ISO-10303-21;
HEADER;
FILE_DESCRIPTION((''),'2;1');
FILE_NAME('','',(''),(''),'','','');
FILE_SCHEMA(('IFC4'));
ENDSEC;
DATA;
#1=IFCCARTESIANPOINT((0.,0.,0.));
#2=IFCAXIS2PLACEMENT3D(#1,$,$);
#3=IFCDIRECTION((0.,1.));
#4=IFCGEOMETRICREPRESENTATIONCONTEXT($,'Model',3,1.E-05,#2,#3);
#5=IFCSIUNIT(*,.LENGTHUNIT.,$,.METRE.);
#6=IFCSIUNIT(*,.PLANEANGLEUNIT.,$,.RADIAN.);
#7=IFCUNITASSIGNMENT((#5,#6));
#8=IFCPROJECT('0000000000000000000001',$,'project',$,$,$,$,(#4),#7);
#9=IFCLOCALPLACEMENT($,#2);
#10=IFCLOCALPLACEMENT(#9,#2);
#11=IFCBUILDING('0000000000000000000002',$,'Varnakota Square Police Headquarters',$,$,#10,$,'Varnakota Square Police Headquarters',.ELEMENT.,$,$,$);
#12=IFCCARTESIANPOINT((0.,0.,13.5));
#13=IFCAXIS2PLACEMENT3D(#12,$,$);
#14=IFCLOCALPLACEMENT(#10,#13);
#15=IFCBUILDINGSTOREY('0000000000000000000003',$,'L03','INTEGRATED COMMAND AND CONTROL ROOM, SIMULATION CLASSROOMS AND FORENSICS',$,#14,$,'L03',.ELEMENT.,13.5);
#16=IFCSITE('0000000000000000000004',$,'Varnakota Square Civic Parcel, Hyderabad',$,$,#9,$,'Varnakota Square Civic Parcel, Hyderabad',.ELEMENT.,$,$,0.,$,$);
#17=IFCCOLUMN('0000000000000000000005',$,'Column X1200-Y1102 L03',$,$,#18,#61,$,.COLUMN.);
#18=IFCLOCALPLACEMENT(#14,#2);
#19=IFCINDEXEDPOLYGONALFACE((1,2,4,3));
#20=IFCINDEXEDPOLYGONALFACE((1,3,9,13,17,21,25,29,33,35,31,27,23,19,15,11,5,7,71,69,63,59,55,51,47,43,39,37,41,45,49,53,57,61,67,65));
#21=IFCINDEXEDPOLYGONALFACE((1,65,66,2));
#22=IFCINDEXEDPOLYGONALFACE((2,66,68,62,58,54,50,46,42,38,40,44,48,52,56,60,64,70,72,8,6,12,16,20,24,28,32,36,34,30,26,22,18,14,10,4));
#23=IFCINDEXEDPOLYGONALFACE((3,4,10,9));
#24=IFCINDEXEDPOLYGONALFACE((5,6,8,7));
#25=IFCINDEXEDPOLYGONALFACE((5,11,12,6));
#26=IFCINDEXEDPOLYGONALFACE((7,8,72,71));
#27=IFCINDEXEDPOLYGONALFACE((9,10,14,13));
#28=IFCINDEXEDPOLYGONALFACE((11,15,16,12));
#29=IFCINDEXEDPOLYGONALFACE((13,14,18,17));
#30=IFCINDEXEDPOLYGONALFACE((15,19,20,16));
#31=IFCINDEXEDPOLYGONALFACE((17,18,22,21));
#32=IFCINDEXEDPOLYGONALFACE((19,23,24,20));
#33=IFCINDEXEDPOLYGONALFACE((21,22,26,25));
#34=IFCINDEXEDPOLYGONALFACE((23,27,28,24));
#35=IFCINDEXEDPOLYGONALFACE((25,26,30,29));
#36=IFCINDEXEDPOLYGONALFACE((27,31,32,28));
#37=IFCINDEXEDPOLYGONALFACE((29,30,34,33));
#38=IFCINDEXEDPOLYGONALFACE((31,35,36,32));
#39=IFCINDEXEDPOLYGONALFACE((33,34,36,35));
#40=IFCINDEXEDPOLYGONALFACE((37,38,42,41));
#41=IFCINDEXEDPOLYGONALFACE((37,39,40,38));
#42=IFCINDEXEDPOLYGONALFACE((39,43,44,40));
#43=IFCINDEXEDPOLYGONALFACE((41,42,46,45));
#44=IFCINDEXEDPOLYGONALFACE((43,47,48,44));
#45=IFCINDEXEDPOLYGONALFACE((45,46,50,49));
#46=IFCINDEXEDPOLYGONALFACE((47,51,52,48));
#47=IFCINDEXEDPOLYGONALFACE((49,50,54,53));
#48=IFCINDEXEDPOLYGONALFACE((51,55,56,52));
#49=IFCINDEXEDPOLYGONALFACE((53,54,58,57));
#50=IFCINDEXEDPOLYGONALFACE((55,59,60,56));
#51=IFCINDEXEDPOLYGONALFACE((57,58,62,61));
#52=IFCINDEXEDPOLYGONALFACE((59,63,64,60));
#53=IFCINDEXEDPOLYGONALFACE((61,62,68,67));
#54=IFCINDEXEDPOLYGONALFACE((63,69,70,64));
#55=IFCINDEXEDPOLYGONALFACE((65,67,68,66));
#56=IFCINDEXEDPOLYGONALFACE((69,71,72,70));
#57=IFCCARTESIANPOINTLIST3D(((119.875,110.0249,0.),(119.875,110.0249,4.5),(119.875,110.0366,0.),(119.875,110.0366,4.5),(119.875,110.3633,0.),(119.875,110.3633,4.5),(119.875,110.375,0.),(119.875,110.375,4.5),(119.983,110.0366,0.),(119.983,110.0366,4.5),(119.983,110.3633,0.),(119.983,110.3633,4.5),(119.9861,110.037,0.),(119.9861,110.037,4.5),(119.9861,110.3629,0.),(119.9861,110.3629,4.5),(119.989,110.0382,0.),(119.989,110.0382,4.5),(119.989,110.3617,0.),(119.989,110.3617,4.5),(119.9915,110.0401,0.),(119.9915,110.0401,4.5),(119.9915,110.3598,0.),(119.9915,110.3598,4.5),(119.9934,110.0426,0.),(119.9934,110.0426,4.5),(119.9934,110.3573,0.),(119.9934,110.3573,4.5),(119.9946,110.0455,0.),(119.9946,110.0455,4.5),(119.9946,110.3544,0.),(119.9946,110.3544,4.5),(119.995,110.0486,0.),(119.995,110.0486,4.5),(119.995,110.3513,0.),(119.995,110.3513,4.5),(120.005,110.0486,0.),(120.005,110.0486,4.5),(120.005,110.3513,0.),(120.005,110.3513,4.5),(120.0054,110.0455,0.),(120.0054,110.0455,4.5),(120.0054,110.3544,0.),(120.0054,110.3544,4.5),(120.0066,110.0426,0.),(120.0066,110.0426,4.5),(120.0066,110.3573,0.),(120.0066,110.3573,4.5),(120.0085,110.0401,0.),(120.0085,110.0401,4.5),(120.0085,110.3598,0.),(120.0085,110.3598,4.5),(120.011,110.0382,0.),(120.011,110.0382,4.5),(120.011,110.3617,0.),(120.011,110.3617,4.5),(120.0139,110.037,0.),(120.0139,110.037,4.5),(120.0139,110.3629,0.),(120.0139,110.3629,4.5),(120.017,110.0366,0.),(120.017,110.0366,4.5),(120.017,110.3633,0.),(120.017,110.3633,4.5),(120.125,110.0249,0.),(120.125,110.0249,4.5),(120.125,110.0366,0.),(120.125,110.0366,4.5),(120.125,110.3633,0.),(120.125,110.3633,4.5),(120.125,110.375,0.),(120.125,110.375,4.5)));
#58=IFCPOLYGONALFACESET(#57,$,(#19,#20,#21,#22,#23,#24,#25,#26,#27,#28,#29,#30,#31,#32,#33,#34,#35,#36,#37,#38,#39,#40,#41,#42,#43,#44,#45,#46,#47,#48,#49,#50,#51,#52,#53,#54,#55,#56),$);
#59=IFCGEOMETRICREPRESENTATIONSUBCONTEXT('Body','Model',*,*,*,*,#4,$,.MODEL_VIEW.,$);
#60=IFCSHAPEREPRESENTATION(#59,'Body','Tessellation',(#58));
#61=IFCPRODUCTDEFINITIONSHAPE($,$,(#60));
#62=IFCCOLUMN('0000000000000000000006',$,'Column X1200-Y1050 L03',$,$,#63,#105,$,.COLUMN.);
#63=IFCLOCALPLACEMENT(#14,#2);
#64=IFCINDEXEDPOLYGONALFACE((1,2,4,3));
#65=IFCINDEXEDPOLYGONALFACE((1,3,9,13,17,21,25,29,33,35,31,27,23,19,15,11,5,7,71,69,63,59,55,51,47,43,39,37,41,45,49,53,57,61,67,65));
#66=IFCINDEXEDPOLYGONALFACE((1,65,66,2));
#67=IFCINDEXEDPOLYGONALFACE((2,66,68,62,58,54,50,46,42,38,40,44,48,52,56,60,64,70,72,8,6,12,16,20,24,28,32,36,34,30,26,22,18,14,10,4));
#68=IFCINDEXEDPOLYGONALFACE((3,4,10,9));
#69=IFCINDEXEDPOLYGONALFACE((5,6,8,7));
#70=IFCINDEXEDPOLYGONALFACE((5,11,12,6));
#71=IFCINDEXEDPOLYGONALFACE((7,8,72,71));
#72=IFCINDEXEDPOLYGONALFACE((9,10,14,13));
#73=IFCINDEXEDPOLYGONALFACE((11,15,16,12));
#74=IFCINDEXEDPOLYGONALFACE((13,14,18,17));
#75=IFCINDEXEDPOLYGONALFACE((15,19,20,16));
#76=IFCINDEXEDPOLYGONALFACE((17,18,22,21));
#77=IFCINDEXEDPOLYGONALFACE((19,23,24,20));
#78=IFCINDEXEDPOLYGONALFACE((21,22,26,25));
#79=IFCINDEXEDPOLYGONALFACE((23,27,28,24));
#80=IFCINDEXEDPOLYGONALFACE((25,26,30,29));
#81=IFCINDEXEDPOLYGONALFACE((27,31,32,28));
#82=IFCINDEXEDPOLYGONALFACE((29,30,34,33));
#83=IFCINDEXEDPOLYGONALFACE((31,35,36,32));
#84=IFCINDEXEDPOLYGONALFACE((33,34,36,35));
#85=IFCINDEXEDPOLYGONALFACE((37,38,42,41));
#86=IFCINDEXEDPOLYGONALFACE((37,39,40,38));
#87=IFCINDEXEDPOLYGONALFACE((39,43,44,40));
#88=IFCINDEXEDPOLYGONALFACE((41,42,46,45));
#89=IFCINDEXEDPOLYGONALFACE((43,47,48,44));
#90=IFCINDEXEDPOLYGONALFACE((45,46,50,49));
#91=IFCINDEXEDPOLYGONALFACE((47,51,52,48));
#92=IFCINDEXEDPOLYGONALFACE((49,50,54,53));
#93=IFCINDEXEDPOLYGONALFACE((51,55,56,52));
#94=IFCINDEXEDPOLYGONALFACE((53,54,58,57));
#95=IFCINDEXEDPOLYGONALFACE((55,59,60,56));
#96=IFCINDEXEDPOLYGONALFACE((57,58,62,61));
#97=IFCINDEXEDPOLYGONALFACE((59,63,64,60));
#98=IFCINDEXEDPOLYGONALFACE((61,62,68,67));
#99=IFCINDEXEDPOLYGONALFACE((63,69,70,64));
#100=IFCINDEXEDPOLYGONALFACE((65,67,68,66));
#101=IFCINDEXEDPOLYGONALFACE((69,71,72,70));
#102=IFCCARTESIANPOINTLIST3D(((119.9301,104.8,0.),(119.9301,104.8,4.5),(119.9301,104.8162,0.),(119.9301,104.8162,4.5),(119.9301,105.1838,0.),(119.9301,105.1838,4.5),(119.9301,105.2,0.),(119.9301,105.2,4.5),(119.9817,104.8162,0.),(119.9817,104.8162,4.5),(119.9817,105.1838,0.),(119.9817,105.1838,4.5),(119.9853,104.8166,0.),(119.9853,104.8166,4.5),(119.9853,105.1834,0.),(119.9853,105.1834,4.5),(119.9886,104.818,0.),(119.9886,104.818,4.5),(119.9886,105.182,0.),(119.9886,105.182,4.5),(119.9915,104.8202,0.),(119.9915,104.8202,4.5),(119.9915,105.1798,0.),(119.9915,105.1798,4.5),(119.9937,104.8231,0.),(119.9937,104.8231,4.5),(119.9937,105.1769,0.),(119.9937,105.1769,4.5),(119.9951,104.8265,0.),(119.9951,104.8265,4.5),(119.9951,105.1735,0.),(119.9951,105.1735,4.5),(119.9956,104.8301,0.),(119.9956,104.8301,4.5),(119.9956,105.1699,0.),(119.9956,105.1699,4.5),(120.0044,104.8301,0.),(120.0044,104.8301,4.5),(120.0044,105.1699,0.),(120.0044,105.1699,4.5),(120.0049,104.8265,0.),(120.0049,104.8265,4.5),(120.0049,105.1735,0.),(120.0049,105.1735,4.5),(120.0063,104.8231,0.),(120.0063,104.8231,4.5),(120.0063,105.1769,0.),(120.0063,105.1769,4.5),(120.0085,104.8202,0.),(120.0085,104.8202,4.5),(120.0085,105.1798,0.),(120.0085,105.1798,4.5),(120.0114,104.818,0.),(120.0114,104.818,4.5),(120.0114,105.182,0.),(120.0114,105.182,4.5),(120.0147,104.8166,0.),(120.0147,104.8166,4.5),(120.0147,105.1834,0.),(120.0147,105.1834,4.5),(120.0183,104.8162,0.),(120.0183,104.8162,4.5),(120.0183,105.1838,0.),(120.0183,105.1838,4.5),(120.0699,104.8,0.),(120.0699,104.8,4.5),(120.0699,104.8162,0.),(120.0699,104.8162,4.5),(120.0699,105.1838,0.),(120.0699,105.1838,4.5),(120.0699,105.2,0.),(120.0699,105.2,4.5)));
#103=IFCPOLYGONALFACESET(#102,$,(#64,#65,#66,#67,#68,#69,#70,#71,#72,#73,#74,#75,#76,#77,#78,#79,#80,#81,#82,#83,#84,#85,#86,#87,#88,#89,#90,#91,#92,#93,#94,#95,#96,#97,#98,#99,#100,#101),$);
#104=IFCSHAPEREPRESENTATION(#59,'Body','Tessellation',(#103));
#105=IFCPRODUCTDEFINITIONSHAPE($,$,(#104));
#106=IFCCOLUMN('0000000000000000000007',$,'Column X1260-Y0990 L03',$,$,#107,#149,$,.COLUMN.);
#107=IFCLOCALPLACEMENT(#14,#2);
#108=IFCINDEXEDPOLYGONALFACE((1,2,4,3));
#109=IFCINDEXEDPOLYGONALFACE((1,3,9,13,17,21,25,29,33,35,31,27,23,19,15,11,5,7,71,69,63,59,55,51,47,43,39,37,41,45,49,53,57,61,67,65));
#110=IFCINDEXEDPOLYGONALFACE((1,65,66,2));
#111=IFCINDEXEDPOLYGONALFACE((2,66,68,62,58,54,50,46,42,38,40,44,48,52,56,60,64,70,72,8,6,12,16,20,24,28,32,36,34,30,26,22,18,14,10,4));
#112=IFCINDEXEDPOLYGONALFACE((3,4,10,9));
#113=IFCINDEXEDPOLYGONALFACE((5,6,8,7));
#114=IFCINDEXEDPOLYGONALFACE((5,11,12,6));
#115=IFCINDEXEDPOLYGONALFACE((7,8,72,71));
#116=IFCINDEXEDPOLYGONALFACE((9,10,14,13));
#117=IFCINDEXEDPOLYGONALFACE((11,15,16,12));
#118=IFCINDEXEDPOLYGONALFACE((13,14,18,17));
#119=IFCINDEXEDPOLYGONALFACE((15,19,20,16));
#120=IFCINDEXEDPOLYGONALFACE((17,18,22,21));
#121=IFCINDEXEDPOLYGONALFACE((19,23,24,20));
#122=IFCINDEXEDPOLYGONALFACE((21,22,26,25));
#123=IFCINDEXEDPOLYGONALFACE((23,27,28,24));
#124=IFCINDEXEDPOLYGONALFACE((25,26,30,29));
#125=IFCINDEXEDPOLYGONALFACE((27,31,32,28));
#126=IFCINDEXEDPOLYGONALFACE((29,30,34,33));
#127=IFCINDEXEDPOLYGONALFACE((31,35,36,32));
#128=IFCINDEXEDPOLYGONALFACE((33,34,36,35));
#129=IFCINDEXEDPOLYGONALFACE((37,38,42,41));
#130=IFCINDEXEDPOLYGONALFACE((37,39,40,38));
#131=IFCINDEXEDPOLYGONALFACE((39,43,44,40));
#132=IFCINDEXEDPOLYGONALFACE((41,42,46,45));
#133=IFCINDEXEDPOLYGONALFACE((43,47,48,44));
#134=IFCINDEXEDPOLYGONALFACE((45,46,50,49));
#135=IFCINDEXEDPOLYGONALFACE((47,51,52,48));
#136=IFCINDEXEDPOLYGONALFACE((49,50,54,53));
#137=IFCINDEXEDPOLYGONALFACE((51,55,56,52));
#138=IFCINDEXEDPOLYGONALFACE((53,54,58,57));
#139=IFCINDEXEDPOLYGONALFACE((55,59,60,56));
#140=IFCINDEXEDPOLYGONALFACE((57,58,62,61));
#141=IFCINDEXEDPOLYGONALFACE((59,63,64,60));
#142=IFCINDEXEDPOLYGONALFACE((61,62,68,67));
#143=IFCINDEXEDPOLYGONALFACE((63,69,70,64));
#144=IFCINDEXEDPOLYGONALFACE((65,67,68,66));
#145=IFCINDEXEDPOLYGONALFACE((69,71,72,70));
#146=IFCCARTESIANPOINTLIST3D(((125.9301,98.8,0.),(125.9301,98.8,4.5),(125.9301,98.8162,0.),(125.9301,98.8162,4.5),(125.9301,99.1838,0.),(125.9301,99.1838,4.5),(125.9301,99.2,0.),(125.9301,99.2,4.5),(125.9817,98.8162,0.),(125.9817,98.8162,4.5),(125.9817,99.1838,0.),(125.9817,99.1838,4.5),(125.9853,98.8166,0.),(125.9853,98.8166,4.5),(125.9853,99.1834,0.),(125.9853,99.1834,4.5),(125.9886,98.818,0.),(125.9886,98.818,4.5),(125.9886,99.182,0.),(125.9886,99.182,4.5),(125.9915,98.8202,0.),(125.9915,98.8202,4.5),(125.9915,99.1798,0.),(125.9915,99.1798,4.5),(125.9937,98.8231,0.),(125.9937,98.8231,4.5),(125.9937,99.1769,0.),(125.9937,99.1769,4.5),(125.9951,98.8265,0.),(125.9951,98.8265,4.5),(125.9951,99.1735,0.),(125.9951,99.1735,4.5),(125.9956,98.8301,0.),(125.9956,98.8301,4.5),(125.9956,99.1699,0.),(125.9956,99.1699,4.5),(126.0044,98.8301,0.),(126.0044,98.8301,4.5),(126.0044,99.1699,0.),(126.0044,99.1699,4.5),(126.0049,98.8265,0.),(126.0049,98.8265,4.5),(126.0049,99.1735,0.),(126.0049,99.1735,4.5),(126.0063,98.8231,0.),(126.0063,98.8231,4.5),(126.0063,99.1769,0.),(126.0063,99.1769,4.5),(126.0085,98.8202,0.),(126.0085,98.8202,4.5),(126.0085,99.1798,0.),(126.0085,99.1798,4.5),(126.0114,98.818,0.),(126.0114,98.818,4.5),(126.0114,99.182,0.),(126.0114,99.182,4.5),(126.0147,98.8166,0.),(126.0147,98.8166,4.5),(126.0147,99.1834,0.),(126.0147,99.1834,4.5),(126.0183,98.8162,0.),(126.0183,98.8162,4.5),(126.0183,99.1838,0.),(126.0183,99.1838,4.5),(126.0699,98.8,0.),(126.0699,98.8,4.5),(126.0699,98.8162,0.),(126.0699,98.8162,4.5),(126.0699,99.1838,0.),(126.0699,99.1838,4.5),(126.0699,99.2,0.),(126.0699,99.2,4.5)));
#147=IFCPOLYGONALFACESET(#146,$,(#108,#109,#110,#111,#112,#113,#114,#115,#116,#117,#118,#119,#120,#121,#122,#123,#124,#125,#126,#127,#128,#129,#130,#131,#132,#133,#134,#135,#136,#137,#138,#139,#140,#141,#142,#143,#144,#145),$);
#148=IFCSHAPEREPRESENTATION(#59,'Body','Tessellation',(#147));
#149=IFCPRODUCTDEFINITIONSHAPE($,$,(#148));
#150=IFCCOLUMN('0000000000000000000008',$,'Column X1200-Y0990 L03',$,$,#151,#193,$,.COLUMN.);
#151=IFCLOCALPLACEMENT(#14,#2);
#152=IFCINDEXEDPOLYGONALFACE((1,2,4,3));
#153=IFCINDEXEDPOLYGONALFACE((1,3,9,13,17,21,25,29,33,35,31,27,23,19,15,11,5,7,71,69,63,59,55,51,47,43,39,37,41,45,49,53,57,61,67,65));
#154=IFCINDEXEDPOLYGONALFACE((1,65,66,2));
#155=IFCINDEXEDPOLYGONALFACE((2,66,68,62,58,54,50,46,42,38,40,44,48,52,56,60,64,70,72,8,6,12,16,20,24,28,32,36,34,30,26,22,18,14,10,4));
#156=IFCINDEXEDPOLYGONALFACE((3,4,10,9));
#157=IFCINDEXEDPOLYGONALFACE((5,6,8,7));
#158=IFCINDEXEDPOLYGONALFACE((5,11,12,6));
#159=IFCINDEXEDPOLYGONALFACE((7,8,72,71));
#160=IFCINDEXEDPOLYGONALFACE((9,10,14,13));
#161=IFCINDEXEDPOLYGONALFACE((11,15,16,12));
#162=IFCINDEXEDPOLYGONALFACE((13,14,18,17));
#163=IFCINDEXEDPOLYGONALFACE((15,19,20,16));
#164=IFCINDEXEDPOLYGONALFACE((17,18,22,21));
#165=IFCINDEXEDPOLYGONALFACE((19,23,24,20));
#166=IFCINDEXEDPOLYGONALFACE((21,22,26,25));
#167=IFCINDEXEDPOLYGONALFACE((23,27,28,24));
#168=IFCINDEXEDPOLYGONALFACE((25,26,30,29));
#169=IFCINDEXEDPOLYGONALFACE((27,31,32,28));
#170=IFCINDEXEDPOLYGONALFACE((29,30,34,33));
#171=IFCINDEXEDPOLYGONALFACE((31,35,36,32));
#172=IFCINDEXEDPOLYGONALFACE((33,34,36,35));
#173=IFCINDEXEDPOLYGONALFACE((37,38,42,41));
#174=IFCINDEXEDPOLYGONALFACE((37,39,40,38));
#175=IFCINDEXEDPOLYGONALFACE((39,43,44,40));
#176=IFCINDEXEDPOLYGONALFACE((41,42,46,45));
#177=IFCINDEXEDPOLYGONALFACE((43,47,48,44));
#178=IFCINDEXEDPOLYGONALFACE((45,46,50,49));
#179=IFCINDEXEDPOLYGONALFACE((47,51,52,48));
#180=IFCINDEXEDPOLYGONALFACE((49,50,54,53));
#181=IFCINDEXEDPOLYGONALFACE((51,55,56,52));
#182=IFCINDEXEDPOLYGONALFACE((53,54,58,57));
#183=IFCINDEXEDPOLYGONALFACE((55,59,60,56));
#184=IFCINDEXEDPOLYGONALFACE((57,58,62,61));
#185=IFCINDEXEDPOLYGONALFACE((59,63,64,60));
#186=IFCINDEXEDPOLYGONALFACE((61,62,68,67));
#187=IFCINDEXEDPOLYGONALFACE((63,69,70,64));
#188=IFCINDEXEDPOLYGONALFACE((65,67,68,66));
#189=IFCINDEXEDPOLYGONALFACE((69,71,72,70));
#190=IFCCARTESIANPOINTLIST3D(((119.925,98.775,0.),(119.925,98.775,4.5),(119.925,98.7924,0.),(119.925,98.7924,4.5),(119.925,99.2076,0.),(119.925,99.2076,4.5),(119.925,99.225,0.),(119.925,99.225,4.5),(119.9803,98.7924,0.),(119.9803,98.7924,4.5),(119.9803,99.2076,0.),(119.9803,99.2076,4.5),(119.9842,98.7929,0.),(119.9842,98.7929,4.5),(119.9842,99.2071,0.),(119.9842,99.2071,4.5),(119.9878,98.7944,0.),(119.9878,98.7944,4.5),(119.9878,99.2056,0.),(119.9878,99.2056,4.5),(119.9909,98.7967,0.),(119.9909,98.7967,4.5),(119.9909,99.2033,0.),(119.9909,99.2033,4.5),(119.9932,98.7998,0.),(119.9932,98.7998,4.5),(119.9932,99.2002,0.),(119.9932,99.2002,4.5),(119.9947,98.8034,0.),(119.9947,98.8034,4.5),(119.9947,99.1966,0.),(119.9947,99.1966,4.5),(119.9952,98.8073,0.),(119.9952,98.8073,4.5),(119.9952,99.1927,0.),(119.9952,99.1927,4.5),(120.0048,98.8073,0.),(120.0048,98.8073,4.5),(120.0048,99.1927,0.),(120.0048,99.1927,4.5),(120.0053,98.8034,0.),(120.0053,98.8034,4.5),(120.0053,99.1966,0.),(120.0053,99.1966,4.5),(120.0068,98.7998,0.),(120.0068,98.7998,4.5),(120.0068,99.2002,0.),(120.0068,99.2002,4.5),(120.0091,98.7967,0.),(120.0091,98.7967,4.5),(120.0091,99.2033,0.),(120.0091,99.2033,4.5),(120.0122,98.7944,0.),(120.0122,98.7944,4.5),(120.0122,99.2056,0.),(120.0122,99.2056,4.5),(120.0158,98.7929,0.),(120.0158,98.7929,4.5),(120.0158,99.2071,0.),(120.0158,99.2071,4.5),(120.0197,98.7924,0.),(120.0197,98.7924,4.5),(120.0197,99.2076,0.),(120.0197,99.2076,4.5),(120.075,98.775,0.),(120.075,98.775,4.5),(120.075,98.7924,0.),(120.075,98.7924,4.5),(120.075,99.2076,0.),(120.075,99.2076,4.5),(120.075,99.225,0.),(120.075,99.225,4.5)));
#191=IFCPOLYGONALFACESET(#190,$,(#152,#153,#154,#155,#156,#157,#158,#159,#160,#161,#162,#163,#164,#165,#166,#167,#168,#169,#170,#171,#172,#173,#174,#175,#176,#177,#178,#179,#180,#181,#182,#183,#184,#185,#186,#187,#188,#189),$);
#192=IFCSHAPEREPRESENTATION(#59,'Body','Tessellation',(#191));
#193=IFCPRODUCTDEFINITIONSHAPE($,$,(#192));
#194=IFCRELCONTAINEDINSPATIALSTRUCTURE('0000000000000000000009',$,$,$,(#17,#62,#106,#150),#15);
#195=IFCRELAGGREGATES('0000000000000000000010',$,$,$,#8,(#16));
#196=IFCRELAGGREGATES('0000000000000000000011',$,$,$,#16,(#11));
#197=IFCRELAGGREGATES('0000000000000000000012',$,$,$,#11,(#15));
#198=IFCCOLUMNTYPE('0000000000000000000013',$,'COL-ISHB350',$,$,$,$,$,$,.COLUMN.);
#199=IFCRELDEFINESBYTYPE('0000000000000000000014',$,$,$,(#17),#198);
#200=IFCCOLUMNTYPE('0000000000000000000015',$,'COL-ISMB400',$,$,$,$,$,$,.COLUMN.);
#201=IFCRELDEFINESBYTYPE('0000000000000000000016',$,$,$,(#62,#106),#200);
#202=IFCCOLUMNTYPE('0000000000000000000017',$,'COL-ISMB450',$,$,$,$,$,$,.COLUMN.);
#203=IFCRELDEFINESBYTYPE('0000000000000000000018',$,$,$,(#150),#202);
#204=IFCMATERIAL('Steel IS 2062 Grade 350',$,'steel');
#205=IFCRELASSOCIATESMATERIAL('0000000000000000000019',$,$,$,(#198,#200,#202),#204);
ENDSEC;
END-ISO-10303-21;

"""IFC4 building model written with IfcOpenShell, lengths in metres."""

from ifc_helpers import new_model, si_unit, direction, frame, origin, origin_2d, place, context, subcontext, project, spatial, i_section, extrude, material, material_profile, profile_set, type_object, element, save


model = new_model("IFC4")

# Units and contexts
model_context = context("Model", 3, precision=1e-05, world=origin(), true_north=direction((0.0, 1.0)))
body_context = subcontext(model_context, "Body", "Model", "MODEL_VIEW")
ifc_project = project(units=[si_unit("LENGTHUNIT", "METRE"), si_unit("PLANEANGLEUNIT", "RADIAN")], contexts=[model_context])

# Site, building, storey
site_placement = place(None, origin())
site = spatial("IfcSite", under=ifc_project, at=site_placement, Name="Varnakota Square Civic Parcel, Hyderabad", LongName="Varnakota Square Civic Parcel, Hyderabad", CompositionType="ELEMENT", RefElevation=0.0)
building_placement = place(site_placement, origin())
building = spatial("IfcBuilding", under=site, at=building_placement, Name="Varnakota Square Police Headquarters", LongName="Varnakota Square Police Headquarters", CompositionType="ELEMENT")
storey_placement = place(building_placement, frame((0.0, 0.0, 13.5)))
storey = spatial("IfcBuildingStorey", under=building, at=storey_placement, Name="L03", Description="INTEGRATED COMMAND AND CONTROL ROOM, SIMULATION CLASSROOMS AND FORENSICS", LongName="L03", CompositionType="ELEMENT", Elevation=13.5)

# Columns
ifc_material_1 = material(Name="Steel IS 2062 Grade 350", Category="steel")
ifc_material_profile_1 = material_profile(ifc_material_1, i_section(OverallWidth=0.25, OverallDepth=0.3501, WebThickness=0.01, FlangeThickness=0.0117, FilletRadius=0.012, at=origin_2d()), Name="ISHB 350")
ifc_profile_set_1 = profile_set([ifc_material_profile_1], Name="Steel IS 2062 Grade 350")
column_type_1 = type_object("IfcColumnType", Name="COL-ISHB350", PredefinedType="COLUMN", material=ifc_profile_set_1)
column_1_placement = place(storey_placement, frame((120.0, 110.2, 0.0), z_axis=(0.0, 0.0, 1.0), x_axis=(1.0, 0.0, 0.0)))
element("IfcColumn", 1, at=column_1_placement, inside=storey, type_object=column_type_1, Name="Column X1200-Y1102 L03", PredefinedType="COLUMN", context=body_context, shape_type="SweptSolid", body=[
    extrude(i_section(OverallWidth=0.25, OverallDepth=0.3501, WebThickness=0.01, FlangeThickness=0.0117, FilletRadius=0.012, at=origin_2d()), origin(), (0.0, 0.0, 1.0), 4.5),
])
ifc_material_profile_2 = material_profile(ifc_material_1, i_section(OverallWidth=0.1399, OverallDepth=0.3999, WebThickness=0.0088, FlangeThickness=0.0161, FilletRadius=0.0139, at=origin_2d()), Name="ISMB 400")
ifc_profile_set_2 = profile_set([ifc_material_profile_2], Name="Steel IS 2062 Grade 350")
column_type_2 = type_object("IfcColumnType", Name="COL-ISMB400", PredefinedType="COLUMN", material=ifc_profile_set_2)
for number, where, z_axis, x_axis, name in (
    (2, (120.0, 105.0, 0.0), (0.0, 0.0, 1.0), (1.0, 0.0, 0.0), "Column X1200-Y1050 L03"),
    (3, (126.0, 99.0, 0.0), (0.0, 0.0, 1.0), (1.0, 0.0, 0.0), "Column X1260-Y0990 L03"),
):
    element("IfcColumn", number, at=place(storey_placement, frame(where, z_axis=z_axis, x_axis=x_axis)), inside=storey, type_object=column_type_2, Name=name, PredefinedType="COLUMN", context=body_context, shape_type="SweptSolid", body=[
        extrude(i_section(OverallWidth=0.1399, OverallDepth=0.3999, WebThickness=0.0088, FlangeThickness=0.0161, FilletRadius=0.0139, at=origin_2d()), origin(), (0.0, 0.0, 1.0), 4.5),
    ])
ifc_material_profile_3 = material_profile(ifc_material_1, i_section(OverallWidth=0.1499, OverallDepth=0.45, WebThickness=0.0095, FlangeThickness=0.0173, FilletRadius=0.0149, at=origin_2d()), Name="ISMB 450")
ifc_profile_set_3 = profile_set([ifc_material_profile_3], Name="Steel IS 2062 Grade 350")
column_type_3 = type_object("IfcColumnType", Name="COL-ISMB450", PredefinedType="COLUMN", material=ifc_profile_set_3)
column_2_placement = place(storey_placement, frame((120.0, 99.0, 0.0), z_axis=(0.0, 0.0, 1.0), x_axis=(1.0, 0.0, 0.0)))
element("IfcColumn", 4, at=column_2_placement, inside=storey, type_object=column_type_3, Name="Column X1200-Y0990 L03", PredefinedType="COLUMN", context=body_context, shape_type="SweptSolid", body=[
    extrude(i_section(OverallWidth=0.1499, OverallDepth=0.45, WebThickness=0.0095, FlangeThickness=0.0173, FilletRadius=0.0149, at=origin_2d()), origin(), (0.0, 0.0, 1.0), 4.5),
])

save(model, "model.ifc")
